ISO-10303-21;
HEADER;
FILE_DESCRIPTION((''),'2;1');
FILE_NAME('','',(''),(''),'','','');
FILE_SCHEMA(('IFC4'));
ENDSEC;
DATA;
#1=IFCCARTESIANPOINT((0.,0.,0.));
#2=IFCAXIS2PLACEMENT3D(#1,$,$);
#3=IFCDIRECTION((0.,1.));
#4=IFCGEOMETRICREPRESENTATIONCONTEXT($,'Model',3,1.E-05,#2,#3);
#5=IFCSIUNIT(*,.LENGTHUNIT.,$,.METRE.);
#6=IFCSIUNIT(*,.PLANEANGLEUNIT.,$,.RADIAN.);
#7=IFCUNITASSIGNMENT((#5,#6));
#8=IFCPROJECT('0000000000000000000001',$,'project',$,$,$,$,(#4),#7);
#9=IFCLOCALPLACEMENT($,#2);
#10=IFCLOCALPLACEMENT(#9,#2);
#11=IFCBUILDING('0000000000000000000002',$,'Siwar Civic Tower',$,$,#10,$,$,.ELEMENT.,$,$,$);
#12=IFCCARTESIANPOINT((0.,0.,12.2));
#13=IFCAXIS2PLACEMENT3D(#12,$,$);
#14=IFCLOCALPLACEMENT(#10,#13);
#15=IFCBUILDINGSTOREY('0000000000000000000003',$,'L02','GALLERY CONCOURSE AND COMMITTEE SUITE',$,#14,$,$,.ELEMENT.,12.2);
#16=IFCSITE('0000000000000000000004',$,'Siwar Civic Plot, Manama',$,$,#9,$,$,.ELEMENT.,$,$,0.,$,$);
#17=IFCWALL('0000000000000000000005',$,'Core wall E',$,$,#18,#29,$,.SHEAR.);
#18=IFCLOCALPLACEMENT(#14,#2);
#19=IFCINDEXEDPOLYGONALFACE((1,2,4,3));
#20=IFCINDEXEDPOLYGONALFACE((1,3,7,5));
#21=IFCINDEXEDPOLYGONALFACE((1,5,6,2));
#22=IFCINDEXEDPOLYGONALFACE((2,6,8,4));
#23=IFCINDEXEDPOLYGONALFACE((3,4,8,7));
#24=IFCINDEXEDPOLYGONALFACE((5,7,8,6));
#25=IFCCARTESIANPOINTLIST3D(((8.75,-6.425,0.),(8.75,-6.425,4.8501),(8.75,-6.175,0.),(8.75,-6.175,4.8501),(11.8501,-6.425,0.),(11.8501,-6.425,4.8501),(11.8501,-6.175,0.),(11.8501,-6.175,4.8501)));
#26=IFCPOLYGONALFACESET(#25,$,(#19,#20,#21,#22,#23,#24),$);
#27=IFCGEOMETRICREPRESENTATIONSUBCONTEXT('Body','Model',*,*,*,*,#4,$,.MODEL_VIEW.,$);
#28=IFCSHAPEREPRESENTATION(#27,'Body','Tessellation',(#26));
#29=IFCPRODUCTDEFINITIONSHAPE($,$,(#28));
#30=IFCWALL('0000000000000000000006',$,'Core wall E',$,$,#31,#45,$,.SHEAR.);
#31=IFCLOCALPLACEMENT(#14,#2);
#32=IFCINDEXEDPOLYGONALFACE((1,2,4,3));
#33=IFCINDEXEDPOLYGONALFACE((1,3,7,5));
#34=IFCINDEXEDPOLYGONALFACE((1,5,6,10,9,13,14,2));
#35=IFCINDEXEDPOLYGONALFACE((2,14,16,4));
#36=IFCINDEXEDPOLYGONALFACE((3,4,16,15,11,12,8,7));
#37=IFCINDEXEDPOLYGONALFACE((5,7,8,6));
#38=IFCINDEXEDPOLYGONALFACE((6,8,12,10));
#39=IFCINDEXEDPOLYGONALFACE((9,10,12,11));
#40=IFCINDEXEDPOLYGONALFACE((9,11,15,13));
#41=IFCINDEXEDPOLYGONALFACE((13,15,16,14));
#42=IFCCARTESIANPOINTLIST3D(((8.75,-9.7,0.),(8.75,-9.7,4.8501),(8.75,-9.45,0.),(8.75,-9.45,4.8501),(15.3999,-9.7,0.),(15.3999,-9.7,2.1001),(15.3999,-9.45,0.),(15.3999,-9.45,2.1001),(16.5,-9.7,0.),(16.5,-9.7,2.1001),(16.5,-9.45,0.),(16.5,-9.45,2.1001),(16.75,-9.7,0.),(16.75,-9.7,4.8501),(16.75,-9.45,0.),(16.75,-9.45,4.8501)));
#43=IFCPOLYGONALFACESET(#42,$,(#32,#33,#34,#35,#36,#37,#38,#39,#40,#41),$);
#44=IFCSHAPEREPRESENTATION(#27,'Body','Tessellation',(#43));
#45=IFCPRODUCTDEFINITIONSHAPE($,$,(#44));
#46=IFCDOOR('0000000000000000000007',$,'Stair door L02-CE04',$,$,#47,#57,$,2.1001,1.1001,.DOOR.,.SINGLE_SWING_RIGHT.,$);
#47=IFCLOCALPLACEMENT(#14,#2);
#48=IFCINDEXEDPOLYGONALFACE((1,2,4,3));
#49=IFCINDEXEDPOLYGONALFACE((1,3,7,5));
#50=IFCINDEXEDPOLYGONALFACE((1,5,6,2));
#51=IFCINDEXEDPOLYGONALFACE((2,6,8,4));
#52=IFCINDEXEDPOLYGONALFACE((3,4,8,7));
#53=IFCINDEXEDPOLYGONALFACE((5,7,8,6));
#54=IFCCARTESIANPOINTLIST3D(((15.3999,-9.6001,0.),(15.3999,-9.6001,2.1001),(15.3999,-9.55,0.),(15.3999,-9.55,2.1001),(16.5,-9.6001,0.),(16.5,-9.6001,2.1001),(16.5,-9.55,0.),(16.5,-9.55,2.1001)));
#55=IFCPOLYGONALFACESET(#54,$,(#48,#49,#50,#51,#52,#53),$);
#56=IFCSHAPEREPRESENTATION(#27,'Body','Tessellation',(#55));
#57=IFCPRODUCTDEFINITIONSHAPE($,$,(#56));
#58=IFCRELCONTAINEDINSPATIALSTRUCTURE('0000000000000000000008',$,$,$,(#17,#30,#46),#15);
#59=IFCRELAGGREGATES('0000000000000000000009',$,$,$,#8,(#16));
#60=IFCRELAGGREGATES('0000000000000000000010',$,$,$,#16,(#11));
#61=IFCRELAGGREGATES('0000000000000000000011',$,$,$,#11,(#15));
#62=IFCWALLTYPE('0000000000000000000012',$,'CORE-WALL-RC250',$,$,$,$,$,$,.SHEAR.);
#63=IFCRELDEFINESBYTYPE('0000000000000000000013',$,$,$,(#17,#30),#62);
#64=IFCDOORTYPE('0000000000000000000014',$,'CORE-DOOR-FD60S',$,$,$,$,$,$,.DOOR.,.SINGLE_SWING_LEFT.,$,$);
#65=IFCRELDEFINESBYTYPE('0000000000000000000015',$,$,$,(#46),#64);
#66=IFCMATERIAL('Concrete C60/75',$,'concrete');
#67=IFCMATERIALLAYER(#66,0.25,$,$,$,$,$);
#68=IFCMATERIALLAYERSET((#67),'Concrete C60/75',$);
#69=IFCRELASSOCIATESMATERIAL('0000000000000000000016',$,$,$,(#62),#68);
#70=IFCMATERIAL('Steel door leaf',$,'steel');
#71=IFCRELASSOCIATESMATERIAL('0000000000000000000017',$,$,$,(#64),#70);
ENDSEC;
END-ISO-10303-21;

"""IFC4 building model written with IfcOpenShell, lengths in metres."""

from ifc_helpers import new_model, si_unit, direction, frame, frame_2d, origin, place, context, subcontext, project, spatial, rectangle, extrude, material, layer, layer_set, type_object, element, fill, save


model = new_model("IFC4")

# Units and contexts
model_context = context("Model", 3, precision=1e-05, world=origin(), true_north=direction((0.0, 1.0)))
body_context = subcontext(model_context, "Body", "Model", "MODEL_VIEW")
ifc_project = project(units=[si_unit("LENGTHUNIT", "METRE"), si_unit("PLANEANGLEUNIT", "RADIAN")], contexts=[model_context])

# Site, building, storey
site_placement = place(None, origin())
site = spatial("IfcSite", under=ifc_project, at=site_placement, Name="Siwar Civic Plot, Manama", CompositionType="ELEMENT", RefElevation=0.0)
building_placement = place(site_placement, origin())
building = spatial("IfcBuilding", under=site, at=building_placement, Name="Siwar Civic Tower", CompositionType="ELEMENT")
storey_placement = place(building_placement, frame((0.0, 0.0, 12.2)))
storey = spatial("IfcBuildingStorey", under=building, at=storey_placement, Name="L02", Description="GALLERY CONCOURSE AND COMMITTEE SUITE", CompositionType="ELEMENT", Elevation=12.2)

# Shared definitions
ifc_material_1 = material(Name="Concrete C60/75", Category="concrete")
ifc_layer_1 = layer(ifc_material_1, 0.25)
ifc_layer_set_1 = layer_set([ifc_layer_1], Name="Concrete C60/75")
wall_type_1 = type_object("IfcWallType", Name="CORE-WALL-RC250", PredefinedType="SHEAR", material=ifc_layer_set_1)

# Wall
for number, where, z_axis, x_axis, name in (
    (1, (8.75, -6.3, 0.0), (0.0, 0.0, 1.0), (1.0, 0.0, 0.0), "Core wall E"),
):
    element("IfcWall", number, at=place(storey_placement, frame(where, z_axis=z_axis, x_axis=x_axis)), inside=storey, type_object=wall_type_1, Name=name, PredefinedType="SHEAR", context=body_context, shape_type="SweptSolid", body=[
        extrude(rectangle(XDim=3.1001, YDim=0.25, at=frame_2d((1.55, 0.0))), origin(), (0.0, 0.0, 1.0), 4.8501),
    ])

# Wall, opening, door
wall_1_placement = place(storey_placement, frame((8.75, -9.575, 0.0), z_axis=(0.0, 0.0, 1.0), x_axis=(1.0, 0.0, 0.0)))
wall_1 = element("IfcWall", 2, at=wall_1_placement, inside=storey, type_object=wall_type_1, Name="Core wall E", PredefinedType="SHEAR", context=body_context, shape_type="SweptSolid", body=[
    extrude(rectangle(XDim=8.0, YDim=0.25, at=frame_2d((4.0, 0.0))), origin(), (0.0, 0.0, 1.0), 4.8501),
])
opening_1_placement = place(wall_1_placement, frame((6.6499, 0.0, 0.0)))
opening_1 = element("IfcOpeningElement", 3, at=opening_1_placement, cuts=wall_1, PredefinedType="OPENING", context=body_context, shape_type="SweptSolid", body=[
    extrude(rectangle(XDim=1.1001, YDim=2.1001, at=frame_2d((0.55, 1.05))), frame((0.0, 0.135, 0.0), z_axis=(0.0, -1.0, 0.0), x_axis=(1.0, 0.0, 0.0)), (0.0, 0.0, 1.0), 0.27),
])
ifc_material_2 = material(Name="Steel door leaf", Category="steel")
door_type_1 = type_object("IfcDoorType", Name="CORE-DOOR-FD60S", OperationType="SINGLE_SWING_LEFT", PredefinedType="DOOR", material=ifc_material_2)
door_1_placement = place(opening_1_placement, origin())
door_1 = element("IfcDoor", 4, at=door_1_placement, inside=storey, type_object=door_type_1, Name="Stair door L02-CE04", OperationType="SINGLE_SWING_RIGHT", OverallHeight=2.1001, OverallWidth=1.1001, PredefinedType="DOOR", context=body_context, shape_type="SweptSolid", body=[
    extrude(rectangle(XDim=1.1001, YDim=2.1001, at=frame_2d((0.55, 1.05))), frame((0.0, 0.0249, 0.0), z_axis=(0.0, -1.0, 0.0), x_axis=(1.0, 0.0, 0.0)), (0.0, 0.0, 1.0), 0.05),
])
fill(opening_1, door_1)

save(model, "model.ifc")
